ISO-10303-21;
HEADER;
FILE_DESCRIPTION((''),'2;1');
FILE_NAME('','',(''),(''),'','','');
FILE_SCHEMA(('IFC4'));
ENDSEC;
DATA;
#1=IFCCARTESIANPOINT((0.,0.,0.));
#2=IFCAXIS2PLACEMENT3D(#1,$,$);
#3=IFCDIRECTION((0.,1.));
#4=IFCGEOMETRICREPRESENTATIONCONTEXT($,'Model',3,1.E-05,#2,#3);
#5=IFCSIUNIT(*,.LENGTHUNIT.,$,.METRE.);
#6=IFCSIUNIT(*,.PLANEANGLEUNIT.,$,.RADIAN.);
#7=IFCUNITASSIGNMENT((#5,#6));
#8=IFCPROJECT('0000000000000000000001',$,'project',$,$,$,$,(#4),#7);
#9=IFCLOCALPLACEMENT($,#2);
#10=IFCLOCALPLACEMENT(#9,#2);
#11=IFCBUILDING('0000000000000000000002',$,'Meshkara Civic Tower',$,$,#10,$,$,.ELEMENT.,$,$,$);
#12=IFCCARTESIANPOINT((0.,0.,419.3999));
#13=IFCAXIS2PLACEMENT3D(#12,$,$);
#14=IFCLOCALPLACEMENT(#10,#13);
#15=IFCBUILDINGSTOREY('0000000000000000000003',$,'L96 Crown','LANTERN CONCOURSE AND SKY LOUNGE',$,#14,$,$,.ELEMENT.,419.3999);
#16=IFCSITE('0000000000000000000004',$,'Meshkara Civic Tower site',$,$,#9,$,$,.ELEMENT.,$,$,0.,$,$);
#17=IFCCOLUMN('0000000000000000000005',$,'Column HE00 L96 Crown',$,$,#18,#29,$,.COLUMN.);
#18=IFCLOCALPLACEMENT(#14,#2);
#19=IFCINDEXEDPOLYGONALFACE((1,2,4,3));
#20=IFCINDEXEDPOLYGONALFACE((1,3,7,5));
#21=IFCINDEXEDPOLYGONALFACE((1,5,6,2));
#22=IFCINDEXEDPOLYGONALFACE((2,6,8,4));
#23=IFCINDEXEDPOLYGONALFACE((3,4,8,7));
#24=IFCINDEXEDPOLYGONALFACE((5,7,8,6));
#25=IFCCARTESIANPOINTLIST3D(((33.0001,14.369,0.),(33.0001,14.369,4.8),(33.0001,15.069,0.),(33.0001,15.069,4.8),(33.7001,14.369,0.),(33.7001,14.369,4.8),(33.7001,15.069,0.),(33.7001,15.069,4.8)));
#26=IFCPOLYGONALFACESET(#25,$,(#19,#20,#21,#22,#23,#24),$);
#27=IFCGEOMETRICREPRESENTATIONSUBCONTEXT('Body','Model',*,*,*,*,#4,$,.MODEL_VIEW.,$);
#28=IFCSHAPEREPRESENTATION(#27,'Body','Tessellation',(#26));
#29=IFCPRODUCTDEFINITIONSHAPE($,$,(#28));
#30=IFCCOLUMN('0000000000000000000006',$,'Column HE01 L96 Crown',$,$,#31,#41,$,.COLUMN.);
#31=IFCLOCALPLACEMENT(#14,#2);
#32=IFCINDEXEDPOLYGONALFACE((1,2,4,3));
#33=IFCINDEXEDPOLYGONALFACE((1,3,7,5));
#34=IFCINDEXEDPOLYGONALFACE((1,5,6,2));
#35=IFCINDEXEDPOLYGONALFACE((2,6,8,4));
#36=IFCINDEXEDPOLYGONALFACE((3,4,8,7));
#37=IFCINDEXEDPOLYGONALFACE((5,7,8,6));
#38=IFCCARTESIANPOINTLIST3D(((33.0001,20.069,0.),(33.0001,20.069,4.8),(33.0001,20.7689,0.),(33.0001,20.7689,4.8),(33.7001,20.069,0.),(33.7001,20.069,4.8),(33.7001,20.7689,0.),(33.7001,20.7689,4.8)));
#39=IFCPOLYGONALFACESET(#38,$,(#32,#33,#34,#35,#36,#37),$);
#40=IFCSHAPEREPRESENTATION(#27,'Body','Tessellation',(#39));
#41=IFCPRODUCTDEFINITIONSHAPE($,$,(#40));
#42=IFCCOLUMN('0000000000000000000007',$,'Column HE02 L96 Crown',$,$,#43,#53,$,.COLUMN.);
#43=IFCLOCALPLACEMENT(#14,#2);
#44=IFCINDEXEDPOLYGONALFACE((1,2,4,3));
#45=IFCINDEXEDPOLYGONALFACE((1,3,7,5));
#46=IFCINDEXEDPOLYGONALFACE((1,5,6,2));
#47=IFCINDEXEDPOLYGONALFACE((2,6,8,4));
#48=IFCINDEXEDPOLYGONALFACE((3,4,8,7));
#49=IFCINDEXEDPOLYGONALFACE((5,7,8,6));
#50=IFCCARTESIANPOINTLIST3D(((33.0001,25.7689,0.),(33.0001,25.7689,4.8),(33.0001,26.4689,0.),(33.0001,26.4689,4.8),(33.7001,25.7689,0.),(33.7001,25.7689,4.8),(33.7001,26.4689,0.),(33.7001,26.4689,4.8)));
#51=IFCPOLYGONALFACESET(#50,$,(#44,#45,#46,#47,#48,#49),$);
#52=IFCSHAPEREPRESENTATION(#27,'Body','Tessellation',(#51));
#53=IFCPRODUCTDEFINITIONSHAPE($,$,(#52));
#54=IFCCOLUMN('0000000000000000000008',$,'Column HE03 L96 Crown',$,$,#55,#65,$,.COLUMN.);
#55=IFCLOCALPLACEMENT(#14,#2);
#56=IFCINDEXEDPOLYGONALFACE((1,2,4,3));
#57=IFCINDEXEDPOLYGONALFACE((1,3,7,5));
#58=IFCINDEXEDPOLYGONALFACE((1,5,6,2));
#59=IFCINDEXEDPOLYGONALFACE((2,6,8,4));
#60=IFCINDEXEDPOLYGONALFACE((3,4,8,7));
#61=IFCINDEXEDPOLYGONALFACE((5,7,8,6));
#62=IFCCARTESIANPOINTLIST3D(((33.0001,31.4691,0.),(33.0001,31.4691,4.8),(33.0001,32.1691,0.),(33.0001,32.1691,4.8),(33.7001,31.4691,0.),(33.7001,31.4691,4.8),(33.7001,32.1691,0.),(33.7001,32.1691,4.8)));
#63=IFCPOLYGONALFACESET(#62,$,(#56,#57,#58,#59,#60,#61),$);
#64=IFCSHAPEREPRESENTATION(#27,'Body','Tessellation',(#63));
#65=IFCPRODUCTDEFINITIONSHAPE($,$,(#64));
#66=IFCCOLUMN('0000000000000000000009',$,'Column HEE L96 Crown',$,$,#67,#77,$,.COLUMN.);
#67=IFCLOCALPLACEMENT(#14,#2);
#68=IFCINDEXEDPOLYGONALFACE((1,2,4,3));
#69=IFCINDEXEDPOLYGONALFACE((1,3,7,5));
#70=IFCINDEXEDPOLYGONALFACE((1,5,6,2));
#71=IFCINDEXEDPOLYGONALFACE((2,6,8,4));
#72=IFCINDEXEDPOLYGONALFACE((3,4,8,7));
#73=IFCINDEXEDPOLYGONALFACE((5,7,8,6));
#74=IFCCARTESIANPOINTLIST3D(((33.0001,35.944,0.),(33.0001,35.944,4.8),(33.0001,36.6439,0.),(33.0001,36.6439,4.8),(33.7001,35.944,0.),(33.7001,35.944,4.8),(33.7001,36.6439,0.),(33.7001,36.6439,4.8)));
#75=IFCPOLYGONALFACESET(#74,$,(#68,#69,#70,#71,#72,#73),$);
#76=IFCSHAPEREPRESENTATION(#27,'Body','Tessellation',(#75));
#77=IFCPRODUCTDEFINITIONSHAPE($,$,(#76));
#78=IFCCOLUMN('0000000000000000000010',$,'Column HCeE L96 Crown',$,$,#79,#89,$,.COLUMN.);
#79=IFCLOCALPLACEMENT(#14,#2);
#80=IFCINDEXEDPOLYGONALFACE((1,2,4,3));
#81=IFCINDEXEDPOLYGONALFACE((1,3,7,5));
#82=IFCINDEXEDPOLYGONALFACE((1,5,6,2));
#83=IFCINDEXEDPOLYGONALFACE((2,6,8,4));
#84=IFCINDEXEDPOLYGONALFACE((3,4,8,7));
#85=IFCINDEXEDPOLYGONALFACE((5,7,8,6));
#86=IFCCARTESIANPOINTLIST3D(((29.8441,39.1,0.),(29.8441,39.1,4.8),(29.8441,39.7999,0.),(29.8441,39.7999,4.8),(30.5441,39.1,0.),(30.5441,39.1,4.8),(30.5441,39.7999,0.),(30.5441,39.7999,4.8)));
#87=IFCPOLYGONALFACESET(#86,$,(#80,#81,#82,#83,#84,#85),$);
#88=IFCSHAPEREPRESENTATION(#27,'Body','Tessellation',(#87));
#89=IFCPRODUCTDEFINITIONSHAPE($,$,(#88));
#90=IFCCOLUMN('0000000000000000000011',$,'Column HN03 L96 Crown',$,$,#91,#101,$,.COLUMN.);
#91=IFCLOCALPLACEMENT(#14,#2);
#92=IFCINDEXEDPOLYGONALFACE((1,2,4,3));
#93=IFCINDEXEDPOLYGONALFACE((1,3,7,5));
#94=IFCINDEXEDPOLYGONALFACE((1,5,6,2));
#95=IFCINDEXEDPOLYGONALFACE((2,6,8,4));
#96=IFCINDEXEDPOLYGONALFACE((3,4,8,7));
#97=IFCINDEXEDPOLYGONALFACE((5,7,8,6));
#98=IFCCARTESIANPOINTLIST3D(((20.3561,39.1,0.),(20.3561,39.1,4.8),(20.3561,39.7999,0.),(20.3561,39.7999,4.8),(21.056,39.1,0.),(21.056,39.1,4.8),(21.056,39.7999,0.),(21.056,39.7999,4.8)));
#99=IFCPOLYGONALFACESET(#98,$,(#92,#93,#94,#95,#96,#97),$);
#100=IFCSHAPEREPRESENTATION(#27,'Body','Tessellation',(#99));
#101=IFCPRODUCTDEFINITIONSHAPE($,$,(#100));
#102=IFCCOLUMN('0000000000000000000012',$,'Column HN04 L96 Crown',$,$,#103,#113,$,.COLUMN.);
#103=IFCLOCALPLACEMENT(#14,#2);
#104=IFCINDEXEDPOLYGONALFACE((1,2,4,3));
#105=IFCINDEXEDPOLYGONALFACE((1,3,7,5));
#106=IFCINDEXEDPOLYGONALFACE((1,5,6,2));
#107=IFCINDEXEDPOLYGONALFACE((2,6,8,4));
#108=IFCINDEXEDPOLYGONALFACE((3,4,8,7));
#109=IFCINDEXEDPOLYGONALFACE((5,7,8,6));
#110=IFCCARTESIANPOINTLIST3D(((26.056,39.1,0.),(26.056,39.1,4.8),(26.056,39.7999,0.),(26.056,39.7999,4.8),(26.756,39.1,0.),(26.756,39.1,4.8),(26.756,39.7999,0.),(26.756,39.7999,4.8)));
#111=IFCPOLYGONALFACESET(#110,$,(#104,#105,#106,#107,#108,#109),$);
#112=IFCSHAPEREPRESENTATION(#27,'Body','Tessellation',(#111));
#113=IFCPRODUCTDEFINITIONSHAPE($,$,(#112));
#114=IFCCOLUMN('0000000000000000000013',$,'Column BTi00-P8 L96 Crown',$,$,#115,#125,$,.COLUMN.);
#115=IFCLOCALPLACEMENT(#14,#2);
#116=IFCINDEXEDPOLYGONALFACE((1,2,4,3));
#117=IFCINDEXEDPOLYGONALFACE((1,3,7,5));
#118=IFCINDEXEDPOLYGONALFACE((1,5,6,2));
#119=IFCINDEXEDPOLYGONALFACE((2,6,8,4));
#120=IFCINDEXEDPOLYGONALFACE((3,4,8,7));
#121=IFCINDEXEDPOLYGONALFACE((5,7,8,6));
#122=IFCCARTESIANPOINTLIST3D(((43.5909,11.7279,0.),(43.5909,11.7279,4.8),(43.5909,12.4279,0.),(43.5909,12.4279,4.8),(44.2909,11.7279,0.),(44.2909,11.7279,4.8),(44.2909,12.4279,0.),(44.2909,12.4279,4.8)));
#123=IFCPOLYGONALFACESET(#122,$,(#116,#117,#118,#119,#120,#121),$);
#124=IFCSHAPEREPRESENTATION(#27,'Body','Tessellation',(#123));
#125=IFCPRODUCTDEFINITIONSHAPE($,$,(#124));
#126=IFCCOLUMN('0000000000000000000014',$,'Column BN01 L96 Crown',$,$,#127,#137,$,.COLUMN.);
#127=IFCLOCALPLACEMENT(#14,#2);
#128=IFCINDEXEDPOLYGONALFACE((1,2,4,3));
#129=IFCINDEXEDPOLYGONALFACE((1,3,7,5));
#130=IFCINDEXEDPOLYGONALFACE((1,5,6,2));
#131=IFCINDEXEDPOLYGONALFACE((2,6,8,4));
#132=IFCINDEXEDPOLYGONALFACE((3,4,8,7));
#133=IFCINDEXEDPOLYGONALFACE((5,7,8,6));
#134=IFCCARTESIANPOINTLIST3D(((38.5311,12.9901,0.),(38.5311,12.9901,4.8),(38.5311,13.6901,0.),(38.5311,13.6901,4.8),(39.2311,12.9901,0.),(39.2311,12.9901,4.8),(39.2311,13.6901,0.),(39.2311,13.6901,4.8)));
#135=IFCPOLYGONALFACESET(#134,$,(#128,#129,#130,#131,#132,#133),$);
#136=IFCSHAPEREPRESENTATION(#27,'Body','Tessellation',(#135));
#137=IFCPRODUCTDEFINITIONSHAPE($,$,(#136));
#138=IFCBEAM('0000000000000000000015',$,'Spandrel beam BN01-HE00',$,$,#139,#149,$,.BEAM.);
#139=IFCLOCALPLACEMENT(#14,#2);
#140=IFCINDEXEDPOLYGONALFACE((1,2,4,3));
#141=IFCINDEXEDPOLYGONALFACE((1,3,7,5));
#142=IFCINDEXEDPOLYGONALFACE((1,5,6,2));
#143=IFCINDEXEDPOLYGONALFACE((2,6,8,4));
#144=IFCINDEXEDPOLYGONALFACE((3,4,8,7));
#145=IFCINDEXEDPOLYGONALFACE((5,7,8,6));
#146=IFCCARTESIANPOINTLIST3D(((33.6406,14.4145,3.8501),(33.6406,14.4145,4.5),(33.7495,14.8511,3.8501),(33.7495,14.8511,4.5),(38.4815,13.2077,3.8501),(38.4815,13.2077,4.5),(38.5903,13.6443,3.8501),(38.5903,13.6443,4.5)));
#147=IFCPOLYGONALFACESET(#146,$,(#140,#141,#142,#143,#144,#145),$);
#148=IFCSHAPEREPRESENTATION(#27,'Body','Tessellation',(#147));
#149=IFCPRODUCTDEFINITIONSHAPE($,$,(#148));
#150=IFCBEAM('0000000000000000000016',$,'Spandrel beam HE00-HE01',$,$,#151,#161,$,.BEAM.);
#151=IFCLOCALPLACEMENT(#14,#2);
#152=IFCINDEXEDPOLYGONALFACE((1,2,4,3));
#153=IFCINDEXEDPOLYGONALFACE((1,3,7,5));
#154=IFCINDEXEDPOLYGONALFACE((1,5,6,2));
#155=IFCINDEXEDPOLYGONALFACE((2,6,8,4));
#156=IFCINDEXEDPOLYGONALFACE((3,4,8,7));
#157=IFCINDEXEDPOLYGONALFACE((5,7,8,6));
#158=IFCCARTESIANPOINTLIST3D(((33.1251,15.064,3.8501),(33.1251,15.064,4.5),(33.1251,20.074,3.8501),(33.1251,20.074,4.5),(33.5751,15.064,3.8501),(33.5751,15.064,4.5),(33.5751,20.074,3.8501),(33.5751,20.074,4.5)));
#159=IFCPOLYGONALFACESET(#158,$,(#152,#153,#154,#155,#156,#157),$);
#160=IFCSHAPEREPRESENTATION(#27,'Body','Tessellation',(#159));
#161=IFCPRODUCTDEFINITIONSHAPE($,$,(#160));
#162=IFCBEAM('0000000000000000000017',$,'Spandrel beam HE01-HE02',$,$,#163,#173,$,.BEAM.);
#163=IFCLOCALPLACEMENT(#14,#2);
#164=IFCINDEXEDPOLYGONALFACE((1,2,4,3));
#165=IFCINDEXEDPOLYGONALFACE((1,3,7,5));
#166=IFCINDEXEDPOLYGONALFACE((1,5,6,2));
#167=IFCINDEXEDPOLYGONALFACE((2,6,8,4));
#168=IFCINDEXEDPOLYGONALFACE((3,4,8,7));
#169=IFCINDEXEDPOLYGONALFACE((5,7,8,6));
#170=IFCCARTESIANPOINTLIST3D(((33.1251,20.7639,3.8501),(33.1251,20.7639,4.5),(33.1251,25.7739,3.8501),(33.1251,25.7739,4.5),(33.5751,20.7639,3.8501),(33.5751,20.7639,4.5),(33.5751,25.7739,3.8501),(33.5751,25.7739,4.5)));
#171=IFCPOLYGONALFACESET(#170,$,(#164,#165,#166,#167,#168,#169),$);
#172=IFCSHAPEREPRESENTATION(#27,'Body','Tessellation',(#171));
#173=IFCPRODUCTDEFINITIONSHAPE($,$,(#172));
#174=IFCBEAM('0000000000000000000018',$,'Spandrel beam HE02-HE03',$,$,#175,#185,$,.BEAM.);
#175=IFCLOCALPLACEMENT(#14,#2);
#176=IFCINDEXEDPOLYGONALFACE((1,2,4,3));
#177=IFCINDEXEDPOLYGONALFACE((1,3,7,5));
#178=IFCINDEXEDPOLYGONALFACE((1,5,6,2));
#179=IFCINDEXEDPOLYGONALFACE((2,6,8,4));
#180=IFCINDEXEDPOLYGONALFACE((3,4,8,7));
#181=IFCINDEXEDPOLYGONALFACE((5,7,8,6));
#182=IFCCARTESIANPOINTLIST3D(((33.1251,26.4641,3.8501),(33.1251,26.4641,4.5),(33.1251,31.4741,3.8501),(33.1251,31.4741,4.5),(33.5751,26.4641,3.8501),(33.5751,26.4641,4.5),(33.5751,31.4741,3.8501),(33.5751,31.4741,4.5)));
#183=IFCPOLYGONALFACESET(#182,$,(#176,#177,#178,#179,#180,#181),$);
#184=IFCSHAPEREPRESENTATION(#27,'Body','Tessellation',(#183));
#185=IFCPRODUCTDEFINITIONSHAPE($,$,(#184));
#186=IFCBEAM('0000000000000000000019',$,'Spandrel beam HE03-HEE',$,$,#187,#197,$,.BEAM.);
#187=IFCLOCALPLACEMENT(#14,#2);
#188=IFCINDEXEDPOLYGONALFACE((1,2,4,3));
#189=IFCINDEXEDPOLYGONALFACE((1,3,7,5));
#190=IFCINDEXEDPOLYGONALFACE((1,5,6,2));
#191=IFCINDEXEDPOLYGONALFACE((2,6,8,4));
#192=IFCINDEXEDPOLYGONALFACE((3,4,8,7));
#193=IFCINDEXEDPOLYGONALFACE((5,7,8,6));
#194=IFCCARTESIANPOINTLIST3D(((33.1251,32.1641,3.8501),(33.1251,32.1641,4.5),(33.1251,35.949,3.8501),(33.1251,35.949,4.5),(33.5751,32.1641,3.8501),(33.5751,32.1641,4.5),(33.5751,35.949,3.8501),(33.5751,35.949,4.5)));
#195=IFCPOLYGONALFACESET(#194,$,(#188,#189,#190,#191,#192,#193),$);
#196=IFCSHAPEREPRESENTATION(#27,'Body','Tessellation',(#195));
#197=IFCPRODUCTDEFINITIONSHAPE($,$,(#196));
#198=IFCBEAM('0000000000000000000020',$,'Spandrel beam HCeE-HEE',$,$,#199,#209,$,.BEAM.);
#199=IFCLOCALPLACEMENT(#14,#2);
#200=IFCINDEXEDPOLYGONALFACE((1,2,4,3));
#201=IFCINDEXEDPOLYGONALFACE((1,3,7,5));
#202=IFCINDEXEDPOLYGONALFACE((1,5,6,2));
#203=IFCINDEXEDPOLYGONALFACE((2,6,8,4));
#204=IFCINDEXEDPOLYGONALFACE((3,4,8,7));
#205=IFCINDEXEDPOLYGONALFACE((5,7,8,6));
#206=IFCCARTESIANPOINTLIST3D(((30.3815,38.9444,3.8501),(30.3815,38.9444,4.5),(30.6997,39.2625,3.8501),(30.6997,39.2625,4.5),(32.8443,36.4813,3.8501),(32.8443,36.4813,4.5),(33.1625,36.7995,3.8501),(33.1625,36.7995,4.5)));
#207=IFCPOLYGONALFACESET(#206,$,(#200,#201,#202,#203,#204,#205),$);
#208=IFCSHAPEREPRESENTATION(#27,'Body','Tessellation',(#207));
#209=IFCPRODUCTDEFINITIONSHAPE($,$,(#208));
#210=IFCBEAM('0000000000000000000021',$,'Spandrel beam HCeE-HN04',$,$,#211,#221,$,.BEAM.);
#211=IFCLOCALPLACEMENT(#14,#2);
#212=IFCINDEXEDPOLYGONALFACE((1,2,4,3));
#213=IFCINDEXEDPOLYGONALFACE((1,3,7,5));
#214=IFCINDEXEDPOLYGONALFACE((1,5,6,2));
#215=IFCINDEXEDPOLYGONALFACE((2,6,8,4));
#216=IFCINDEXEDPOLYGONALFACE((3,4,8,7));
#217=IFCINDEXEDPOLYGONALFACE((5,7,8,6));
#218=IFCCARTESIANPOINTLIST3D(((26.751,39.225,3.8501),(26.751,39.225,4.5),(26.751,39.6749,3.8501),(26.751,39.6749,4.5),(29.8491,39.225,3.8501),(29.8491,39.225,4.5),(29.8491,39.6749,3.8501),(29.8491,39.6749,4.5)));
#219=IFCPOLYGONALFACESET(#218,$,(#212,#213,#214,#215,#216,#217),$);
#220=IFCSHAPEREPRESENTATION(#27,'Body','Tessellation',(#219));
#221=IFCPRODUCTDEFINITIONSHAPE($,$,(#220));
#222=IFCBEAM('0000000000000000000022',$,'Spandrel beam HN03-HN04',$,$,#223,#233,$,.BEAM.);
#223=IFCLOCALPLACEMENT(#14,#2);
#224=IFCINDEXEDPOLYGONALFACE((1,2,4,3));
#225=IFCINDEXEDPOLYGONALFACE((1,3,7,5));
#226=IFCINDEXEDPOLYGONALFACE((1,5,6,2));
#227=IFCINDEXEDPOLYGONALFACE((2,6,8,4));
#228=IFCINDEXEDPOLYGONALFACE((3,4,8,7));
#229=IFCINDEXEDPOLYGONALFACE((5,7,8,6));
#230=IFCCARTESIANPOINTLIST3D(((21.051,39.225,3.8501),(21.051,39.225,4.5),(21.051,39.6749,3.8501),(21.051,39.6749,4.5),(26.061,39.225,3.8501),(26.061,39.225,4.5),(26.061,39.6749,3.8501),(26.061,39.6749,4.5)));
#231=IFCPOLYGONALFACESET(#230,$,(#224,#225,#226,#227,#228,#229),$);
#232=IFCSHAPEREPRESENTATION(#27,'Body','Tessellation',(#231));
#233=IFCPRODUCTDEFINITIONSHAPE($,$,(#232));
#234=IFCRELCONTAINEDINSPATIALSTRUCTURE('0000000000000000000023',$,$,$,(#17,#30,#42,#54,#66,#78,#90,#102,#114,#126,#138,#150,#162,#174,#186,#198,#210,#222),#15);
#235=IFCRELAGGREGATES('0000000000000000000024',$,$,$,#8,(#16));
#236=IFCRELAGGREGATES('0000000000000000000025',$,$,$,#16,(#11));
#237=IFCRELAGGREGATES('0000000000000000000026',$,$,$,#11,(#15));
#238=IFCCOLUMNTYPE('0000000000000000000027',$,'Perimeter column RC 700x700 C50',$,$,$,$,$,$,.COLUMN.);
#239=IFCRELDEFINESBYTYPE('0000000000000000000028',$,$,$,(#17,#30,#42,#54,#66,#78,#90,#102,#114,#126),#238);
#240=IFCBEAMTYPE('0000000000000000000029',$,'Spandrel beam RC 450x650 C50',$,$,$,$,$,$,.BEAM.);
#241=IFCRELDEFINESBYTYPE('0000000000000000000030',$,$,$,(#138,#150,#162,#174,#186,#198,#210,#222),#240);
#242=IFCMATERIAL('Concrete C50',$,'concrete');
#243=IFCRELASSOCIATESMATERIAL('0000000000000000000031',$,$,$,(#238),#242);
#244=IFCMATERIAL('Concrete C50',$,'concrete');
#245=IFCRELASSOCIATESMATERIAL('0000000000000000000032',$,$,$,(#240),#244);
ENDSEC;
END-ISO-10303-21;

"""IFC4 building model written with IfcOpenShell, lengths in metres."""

from ifc_helpers import new_model, si_unit, direction, frame, origin, origin_2d, place, context, subcontext, project, spatial, rectangle, extrude, material, material_profile, profile_set, type_object, element, save


model = new_model("IFC4")

# Units and contexts
model_context = context("Model", 3, precision=1e-05, world=origin(), true_north=direction((0.0, 1.0)))
body_context = subcontext(model_context, "Body", "Model", "MODEL_VIEW")
ifc_project = project(units=[si_unit("LENGTHUNIT", "METRE"), si_unit("PLANEANGLEUNIT", "RADIAN")], contexts=[model_context])

# Site, building, storey
site_placement = place(None, origin())
site = spatial("IfcSite", under=ifc_project, at=site_placement, Name="Meshkara Civic Tower site", CompositionType="ELEMENT", RefElevation=0.0)
building_placement = place(site_placement, origin())
building = spatial("IfcBuilding", under=site, at=building_placement, Name="Meshkara Civic Tower", CompositionType="ELEMENT")
storey_placement = place(building_placement, frame((0.0, 0.0, 419.3999)))
storey = spatial("IfcBuildingStorey", under=building, at=storey_placement, Name="L96 Crown", Description="LANTERN CONCOURSE AND SKY LOUNGE", CompositionType="ELEMENT", Elevation=419.3999)

# Columns
ifc_material_1 = material(Name="Concrete C50", Category="concrete")
ifc_material_profile_1 = material_profile(ifc_material_1, rectangle(XDim=0.7, YDim=0.7, at=origin_2d()))
ifc_profile_set_1 = profile_set([ifc_material_profile_1], Name="Concrete C50")
column_type = type_object("IfcColumnType", Name="Perimeter column RC 700x700 C50", PredefinedType="COLUMN", material=ifc_profile_set_1)
for number, where, z_axis, x_axis, name in (
    (1, (33.3501, 14.719, 0.0), (0.0, 0.0, 1.0), (1.0, 0.0, 0.0), "Column HE00 L96 Crown"),
    (2, (33.3501, 20.4189, 0.0), (0.0, 0.0, 1.0), (1.0, 0.0, 0.0), "Column HE01 L96 Crown"),
    (3, (33.3501, 26.1189, 0.0), (0.0, 0.0, 1.0), (1.0, 0.0, 0.0), "Column HE02 L96 Crown"),
    (4, (33.3501, 31.8191, 0.0), (0.0, 0.0, 1.0), (1.0, 0.0, 0.0), "Column HE03 L96 Crown"),
    (5, (33.3501, 36.2939, 0.0), (0.0, 0.0, 1.0), (1.0, 0.0, 0.0), "Column HEE L96 Crown"),
    (6, (30.1941, 39.45, 0.0), (0.0, 0.0, 1.0), (1.0, 0.0, 0.0), "Column HCeE L96 Crown"),
    (7, (20.7061, 39.45, 0.0), (0.0, 0.0, 1.0), (1.0, 0.0, 0.0), "Column HN03 L96 Crown"),
    (8, (26.406, 39.45, 0.0), (0.0, 0.0, 1.0), (1.0, 0.0, 0.0), "Column HN04 L96 Crown"),
    (9, (43.9409, 12.0779, 0.0), (0.0, 0.0, 1.0), (1.0, 0.0, 0.0), "Column BTi00-P8 L96 Crown"),
    (10, (38.8811, 13.3401, 0.0), (0.0, 0.0, 1.0), (1.0, 0.0, 0.0), "Column BN01 L96 Crown"),
):
    element("IfcColumn", number, at=place(storey_placement, frame(where, z_axis=z_axis, x_axis=x_axis)), inside=storey, type_object=column_type, Name=name, PredefinedType="COLUMN", context=body_context, shape_type="SweptSolid", body=[
        extrude(rectangle(XDim=0.7, YDim=0.7, at=origin_2d()), origin(), (0.0, 0.0, 1.0), 4.8),
    ])

# Beams
ifc_material_2 = material(Name="Concrete C50", Category="concrete")
ifc_material_profile_2 = material_profile(ifc_material_2, rectangle(XDim=0.45, YDim=0.6499, at=origin_2d()))
ifc_profile_set_2 = profile_set([ifc_material_profile_2], Name="Concrete C50")
beam_type = type_object("IfcBeamType", Name="Spandrel beam RC 450x650 C50", PredefinedType="BEAM", material=ifc_profile_set_2)
beam_1_placement = place(storey_placement, frame((38.5359, 13.426, 4.175), z_axis=(-0.970303, 0.241891, 0.0), x_axis=(-0.241891, -0.970303, 0.0)))
element("IfcBeam", 11, at=beam_1_placement, inside=storey, type_object=beam_type, Name="Spandrel beam BN01-HE00", PredefinedType="BEAM", context=body_context, shape_type="SweptSolid", body=[
    extrude(rectangle(XDim=0.45, YDim=0.6499, at=origin_2d()), origin(), (0.0, 0.0, 1.0), 4.989),
])
for number, where, z_axis, x_axis, name in (
    (12, (33.3501, 15.064, 4.175), (0.0, 1.0, 0.0), (-1.0, 0.0, 0.0), "Spandrel beam HE00-HE01"),
    (13, (33.3501, 20.7639, 4.175), (0.0, 1.0, 0.0), (-1.0, 0.0, 0.0), "Spandrel beam HE01-HE02"),
    (14, (33.3501, 26.4641, 4.175), (0.0, 1.0, 0.0), (-1.0, 0.0, 0.0), "Spandrel beam HE02-HE03"),
):
    element("IfcBeam", number, at=place(storey_placement, frame(where, z_axis=z_axis, x_axis=x_axis)), inside=storey, type_object=beam_type, Name=name, PredefinedType="BEAM", context=body_context, shape_type="SweptSolid", body=[
        extrude(rectangle(XDim=0.45, YDim=0.6499, at=origin_2d()), origin(), (0.0, 0.0, 1.0), 5.01),
    ])
beam_2_placement = place(storey_placement, frame((33.3501, 32.1641, 4.175), z_axis=(0.0, 1.0, 0.0), x_axis=(-1.0, 0.0, 0.0)))
element("IfcBeam", 15, at=beam_2_placement, inside=storey, type_object=beam_type, Name="Spandrel beam HE03-HEE", PredefinedType="BEAM", context=body_context, shape_type="SweptSolid", body=[
    extrude(rectangle(XDim=0.45, YDim=0.6499, at=origin_2d()), origin(), (0.0, 0.0, 1.0), 3.7849),
])
beam_3_placement = place(storey_placement, frame((33.0034, 36.6404, 4.175), z_axis=(-0.707072, 0.707142, 0.0), x_axis=(-0.707142, -0.707072, 0.0)))
element("IfcBeam", 16, at=beam_3_placement, inside=storey, type_object=beam_type, Name="Spandrel beam HCeE-HEE", PredefinedType="BEAM", context=body_context, shape_type="SweptSolid", body=[
    extrude(rectangle(XDim=0.45, YDim=0.6499, at=origin_2d()), origin(), (0.0, 0.0, 1.0), 3.4832),
])
beam_4_placement = place(storey_placement, frame((29.8491, 39.45, 4.175), z_axis=(-1.0, 0.0, 0.0), x_axis=(0.0, -1.0, 0.0)))
element("IfcBeam", 17, at=beam_4_placement, inside=storey, type_object=beam_type, Name="Spandrel beam HCeE-HN04", PredefinedType="BEAM", context=body_context, shape_type="SweptSolid", body=[
    extrude(rectangle(XDim=0.45, YDim=0.6499, at=origin_2d()), origin(), (0.0, 0.0, 1.0), 3.0981),
])
beam_5_placement = place(storey_placement, frame((26.061, 39.45, 4.175), z_axis=(-1.0, 0.0, 0.0), x_axis=(0.0, -1.0, 0.0)))
element("IfcBeam", 18, at=beam_5_placement, inside=storey, type_object=beam_type, Name="Spandrel beam HN03-HN04", PredefinedType="BEAM", context=body_context, shape_type="SweptSolid", body=[
    extrude(rectangle(XDim=0.45, YDim=0.6499, at=origin_2d()), origin(), (0.0, 0.0, 1.0), 5.01),
])

save(model, "model.ifc")
